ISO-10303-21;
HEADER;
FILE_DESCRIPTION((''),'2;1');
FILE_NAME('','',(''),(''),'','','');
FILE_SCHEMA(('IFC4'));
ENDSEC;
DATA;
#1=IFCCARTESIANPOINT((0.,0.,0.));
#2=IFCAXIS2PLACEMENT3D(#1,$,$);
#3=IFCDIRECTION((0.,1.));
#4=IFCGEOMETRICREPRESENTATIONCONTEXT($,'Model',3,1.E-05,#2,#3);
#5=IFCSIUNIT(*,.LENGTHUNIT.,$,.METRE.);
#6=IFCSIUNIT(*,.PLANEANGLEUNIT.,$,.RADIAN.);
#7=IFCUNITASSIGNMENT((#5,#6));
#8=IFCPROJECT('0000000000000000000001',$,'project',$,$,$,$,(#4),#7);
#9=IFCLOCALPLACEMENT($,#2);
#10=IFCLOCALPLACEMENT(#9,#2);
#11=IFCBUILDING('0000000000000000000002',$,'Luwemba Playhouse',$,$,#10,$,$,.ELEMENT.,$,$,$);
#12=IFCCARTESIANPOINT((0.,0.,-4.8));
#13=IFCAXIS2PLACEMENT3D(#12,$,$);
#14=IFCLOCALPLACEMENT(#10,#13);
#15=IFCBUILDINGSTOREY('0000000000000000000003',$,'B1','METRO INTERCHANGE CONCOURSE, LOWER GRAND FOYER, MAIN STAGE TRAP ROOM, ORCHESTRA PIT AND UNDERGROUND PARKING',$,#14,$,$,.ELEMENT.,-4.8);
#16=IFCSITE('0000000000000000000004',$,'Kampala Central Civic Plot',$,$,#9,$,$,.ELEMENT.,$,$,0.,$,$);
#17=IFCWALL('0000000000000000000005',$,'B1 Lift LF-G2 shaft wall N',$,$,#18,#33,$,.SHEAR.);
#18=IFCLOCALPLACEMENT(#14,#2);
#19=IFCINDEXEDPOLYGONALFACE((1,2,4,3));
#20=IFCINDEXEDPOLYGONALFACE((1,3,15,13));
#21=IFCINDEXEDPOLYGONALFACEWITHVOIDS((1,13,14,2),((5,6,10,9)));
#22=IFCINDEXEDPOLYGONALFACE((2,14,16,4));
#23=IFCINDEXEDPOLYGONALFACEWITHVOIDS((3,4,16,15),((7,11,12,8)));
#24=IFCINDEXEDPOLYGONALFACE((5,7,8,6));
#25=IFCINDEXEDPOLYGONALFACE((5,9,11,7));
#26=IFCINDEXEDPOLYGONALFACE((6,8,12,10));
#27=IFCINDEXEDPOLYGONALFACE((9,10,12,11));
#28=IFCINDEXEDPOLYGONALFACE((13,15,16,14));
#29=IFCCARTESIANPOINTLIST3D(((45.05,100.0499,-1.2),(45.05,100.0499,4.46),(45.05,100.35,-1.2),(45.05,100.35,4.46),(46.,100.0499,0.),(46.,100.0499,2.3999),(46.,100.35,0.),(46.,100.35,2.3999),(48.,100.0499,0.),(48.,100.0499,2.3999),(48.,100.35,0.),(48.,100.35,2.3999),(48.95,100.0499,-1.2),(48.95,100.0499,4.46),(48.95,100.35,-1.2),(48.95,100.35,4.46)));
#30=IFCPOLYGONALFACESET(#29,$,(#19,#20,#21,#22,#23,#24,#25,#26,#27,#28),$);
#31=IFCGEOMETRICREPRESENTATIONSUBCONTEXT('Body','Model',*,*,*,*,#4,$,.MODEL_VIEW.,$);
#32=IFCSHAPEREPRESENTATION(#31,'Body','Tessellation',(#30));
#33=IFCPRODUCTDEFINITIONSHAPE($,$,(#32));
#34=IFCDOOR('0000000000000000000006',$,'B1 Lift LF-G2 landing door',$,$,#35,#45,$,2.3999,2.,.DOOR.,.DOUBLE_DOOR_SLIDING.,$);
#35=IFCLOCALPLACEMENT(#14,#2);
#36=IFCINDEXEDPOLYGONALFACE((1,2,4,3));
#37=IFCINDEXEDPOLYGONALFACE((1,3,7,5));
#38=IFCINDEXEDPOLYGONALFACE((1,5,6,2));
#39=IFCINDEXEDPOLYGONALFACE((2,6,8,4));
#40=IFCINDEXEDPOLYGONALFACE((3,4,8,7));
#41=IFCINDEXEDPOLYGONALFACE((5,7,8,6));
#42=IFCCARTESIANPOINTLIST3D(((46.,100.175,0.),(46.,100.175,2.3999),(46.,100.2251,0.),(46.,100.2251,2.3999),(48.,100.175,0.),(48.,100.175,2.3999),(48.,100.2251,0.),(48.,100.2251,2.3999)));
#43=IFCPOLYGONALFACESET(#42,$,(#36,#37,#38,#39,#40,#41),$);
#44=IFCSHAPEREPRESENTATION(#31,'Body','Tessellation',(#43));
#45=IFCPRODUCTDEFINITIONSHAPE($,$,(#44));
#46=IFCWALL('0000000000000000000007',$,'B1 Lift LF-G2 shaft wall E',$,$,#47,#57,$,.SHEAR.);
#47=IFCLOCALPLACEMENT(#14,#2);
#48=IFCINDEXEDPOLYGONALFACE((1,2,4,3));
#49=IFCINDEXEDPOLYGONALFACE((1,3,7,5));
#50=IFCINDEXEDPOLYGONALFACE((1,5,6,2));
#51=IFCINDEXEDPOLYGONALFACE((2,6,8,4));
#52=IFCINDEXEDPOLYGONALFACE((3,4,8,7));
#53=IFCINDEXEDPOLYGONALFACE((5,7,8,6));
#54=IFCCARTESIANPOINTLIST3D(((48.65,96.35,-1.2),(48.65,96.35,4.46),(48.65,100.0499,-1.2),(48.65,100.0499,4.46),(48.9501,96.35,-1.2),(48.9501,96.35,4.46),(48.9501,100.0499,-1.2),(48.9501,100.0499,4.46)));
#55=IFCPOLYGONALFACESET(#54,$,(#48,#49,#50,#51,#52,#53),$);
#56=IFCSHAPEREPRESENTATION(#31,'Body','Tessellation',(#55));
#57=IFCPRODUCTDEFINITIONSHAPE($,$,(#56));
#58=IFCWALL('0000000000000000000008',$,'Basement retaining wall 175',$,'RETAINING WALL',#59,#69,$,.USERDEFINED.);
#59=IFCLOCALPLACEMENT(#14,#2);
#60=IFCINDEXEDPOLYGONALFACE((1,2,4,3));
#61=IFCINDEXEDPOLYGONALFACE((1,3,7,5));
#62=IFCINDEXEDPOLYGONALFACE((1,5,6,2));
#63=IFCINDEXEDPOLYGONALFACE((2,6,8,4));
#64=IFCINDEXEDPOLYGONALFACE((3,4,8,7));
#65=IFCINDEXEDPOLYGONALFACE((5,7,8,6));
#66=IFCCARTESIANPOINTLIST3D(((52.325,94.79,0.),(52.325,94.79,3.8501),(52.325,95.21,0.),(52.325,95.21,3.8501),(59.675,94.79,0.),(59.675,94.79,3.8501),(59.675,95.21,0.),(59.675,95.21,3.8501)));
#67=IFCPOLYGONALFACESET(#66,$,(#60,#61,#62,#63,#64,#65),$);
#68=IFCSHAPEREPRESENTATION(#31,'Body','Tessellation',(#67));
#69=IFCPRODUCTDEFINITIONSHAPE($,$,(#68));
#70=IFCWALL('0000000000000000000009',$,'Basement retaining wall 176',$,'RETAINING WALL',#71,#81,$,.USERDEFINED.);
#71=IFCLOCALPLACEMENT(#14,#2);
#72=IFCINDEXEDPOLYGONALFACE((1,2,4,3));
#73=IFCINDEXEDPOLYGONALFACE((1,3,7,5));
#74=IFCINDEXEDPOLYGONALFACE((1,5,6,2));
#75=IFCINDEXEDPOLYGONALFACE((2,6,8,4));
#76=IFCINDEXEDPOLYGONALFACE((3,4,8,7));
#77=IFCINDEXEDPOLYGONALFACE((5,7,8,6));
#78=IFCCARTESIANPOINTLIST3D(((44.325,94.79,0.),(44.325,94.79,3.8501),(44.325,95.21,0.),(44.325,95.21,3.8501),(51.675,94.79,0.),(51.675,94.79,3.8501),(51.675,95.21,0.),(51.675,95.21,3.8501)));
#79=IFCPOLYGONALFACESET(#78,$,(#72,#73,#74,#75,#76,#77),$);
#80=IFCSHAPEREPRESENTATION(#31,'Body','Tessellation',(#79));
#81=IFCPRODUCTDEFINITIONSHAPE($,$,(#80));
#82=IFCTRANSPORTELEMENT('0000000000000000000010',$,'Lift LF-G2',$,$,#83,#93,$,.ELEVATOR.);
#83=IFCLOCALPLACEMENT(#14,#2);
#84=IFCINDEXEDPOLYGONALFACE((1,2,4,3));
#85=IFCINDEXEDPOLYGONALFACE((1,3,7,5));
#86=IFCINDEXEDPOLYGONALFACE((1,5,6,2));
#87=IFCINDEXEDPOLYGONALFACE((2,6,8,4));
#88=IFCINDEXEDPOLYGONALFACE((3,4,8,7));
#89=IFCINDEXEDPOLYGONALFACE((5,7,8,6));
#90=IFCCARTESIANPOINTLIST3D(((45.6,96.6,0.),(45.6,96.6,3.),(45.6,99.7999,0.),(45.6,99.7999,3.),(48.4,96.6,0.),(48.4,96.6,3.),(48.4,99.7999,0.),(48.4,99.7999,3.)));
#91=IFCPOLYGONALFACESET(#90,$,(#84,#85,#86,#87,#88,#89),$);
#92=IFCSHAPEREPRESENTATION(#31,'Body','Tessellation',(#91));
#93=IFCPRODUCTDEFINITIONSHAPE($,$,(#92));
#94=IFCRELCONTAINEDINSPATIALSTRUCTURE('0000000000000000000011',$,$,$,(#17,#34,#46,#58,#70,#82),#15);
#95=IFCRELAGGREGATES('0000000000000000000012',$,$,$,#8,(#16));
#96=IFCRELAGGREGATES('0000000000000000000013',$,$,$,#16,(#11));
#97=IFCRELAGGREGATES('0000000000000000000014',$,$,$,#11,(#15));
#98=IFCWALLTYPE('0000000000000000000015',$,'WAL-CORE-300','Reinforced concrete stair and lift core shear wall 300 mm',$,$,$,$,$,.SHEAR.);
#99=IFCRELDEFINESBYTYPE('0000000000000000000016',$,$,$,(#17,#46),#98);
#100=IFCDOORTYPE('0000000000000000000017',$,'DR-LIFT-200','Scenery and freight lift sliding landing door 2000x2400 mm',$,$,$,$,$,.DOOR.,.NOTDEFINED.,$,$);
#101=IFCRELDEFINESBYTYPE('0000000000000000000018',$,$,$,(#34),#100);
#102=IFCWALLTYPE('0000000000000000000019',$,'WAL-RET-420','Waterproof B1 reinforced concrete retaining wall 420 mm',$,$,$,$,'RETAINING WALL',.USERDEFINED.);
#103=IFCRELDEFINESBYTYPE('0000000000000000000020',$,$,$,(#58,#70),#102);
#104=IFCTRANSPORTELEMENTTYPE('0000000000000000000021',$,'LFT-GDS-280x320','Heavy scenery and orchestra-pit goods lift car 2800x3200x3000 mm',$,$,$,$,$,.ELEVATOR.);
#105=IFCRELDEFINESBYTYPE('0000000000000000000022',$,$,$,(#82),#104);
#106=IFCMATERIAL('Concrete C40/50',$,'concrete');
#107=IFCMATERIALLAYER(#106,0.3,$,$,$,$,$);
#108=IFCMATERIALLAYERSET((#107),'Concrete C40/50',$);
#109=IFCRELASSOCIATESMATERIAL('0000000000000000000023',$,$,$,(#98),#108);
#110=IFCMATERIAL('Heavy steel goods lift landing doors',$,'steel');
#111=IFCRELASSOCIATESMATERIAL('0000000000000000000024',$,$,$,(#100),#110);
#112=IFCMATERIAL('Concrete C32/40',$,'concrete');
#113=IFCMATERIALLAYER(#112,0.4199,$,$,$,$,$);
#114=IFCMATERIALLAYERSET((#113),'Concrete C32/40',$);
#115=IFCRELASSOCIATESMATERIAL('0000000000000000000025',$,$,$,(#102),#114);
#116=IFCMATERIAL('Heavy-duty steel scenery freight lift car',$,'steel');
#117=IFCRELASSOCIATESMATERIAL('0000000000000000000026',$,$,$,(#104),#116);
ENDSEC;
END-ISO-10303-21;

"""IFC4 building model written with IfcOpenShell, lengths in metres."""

from ifc_helpers import new_model, si_unit, direction, frame, frame_2d, origin, origin_2d, place, context, subcontext, project, spatial, rectangle, extrude, material, layer, layer_set, type_object, element, fill, save


model = new_model("IFC4")

# Units and contexts
model_context = context("Model", 3, precision=1e-05, world=origin(), true_north=direction((0.0, 1.0)))
body_context = subcontext(model_context, "Body", "Model", "MODEL_VIEW")
ifc_project = project(units=[si_unit("LENGTHUNIT", "METRE"), si_unit("PLANEANGLEUNIT", "RADIAN")], contexts=[model_context])

# Site, building, storey
site_placement = place(None, origin())
site = spatial("IfcSite", under=ifc_project, at=site_placement, Name="Kampala Central Civic Plot", CompositionType="ELEMENT", RefElevation=0.0)
building_placement = place(site_placement, origin())
building = spatial("IfcBuilding", under=site, at=building_placement, Name="Luwemba Playhouse", CompositionType="ELEMENT")
storey_placement = place(building_placement, frame((0.0, 0.0, -4.8)))
storey = spatial("IfcBuildingStorey", under=building, at=storey_placement, Name="B1", Description="METRO INTERCHANGE CONCOURSE, LOWER GRAND FOYER, MAIN STAGE TRAP ROOM, ORCHESTRA PIT AND UNDERGROUND PARKING", CompositionType="ELEMENT", Elevation=-4.8)

# Shared definitions
ifc_material_1 = material(Name="Concrete C32/40", Category="concrete")

# Shared definitions
ifc_material_2 = material(Name="Concrete C40/50", Category="concrete")

# Wall, opening, door
ifc_layer_1 = layer(ifc_material_2, 0.3)
ifc_layer_set_1 = layer_set([ifc_layer_1], Name="Concrete C40/50")
wall_type_1 = type_object("IfcWallType", Name="WAL-CORE-300", Description="Reinforced concrete stair and lift core shear wall 300 mm", PredefinedType="SHEAR", material=ifc_layer_set_1)
wall_1_placement = place(storey_placement, frame((48.95, 100.2, -1.2), z_axis=(0.0, 0.0, 1.0), x_axis=(-1.0, 0.0, 0.0)))
wall_1 = element("IfcWall", 1, at=wall_1_placement, inside=storey, type_object=wall_type_1, Name="B1 Lift LF-G2 shaft wall N", PredefinedType="SHEAR", context=body_context, shape_type="SweptSolid", body=[
    extrude(rectangle(XDim=3.8999, YDim=0.3, at=frame_2d((1.95, 0.0))), origin(), (0.0, 0.0, 1.0), 5.6599),
])
opening_placement = place(wall_1_placement, frame((0.95, 0.0, 1.2)))
opening = element("IfcOpeningElement", 2, at=opening_placement, cuts=wall_1, PredefinedType="OPENING", context=body_context, shape_type="SweptSolid", body=[
    extrude(rectangle(XDim=2.0, YDim=2.3999, at=frame_2d((1.0, 1.2))), frame((0.0, 0.1599, 0.0), z_axis=(0.0, -1.0, 0.0), x_axis=(1.0, 0.0, 0.0)), (0.0, 0.0, 1.0), 0.3201),
])
ifc_material_3 = material(Name="Heavy steel goods lift landing doors", Category="steel")
door_type = type_object("IfcDoorType", Name="DR-LIFT-200", Description="Scenery and freight lift sliding landing door 2000x2400 mm", OperationType="NOTDEFINED", PredefinedType="DOOR", material=ifc_material_3)
door_placement = place(opening_placement, origin())
door = element("IfcDoor", 3, at=door_placement, inside=storey, type_object=door_type, Name="B1 Lift LF-G2 landing door", OperationType="DOUBLE_DOOR_SLIDING", OverallHeight=2.3999, OverallWidth=2.0, PredefinedType="DOOR", context=body_context, shape_type="SweptSolid", body=[
    extrude(rectangle(XDim=2.0, YDim=2.3999, at=frame_2d((1.0, 1.2))), frame((0.0, 0.0249, 0.0), z_axis=(0.0, -1.0, 0.0), x_axis=(1.0, 0.0, 0.0)), (0.0, 0.0, 1.0), 0.05),
])
fill(opening, door)

# Walls
wall_2_placement = place(storey_placement, frame((48.8, 100.05, -1.2), z_axis=(0.0, 0.0, 1.0), x_axis=(0.0, -1.0, 0.0)))
element("IfcWall", 4, at=wall_2_placement, inside=storey, type_object=wall_type_1, Name="B1 Lift LF-G2 shaft wall E", PredefinedType="SHEAR", context=body_context, shape_type="SweptSolid", body=[
    extrude(rectangle(XDim=3.7, YDim=0.3, at=frame_2d((1.8501, 0.0))), origin(), (0.0, 0.0, 1.0), 5.6599),
])
ifc_layer_2 = layer(ifc_material_1, 0.4199)
ifc_layer_set_2 = layer_set([ifc_layer_2], Name="Concrete C32/40")
wall_type_2 = type_object("IfcWallType", Name="WAL-RET-420", Description="Waterproof B1 reinforced concrete retaining wall 420 mm", ElementType="RETAINING WALL", PredefinedType="USERDEFINED", material=ifc_layer_set_2)
for number, where, z_axis, x_axis, name in (
    (5, (59.675, 95.0, 0.0), (0.0, 0.0, 1.0), (-1.0, 0.0, 0.0), "Basement retaining wall 175"),
    (6, (51.675, 95.0, 0.0), (0.0, 0.0, 1.0), (-1.0, 0.0, 0.0), "Basement retaining wall 176"),
):
    element("IfcWall", number, at=place(storey_placement, frame(where, z_axis=z_axis, x_axis=x_axis)), inside=storey, type_object=wall_type_2, Name=name, ObjectType="RETAINING WALL", PredefinedType="USERDEFINED", context=body_context, shape_type="SweptSolid", body=[
        extrude(rectangle(XDim=7.3501, YDim=0.4199, at=frame_2d((3.675, 0.0))), origin(), (0.0, 0.0, 1.0), 3.8501),
    ])

# Transport element
ifc_material_4 = material(Name="Heavy-duty steel scenery freight lift car", Category="steel")
transport_element_type = type_object("IfcTransportElementType", Name="LFT-GDS-280x320", Description="Heavy scenery and orchestra-pit goods lift car 2800x3200x3000 mm", PredefinedType="ELEVATOR", material=ifc_material_4)
transport_element_placement = place(storey_placement, frame((47.0, 98.2, 0.0), z_axis=(0.0, 0.0, 1.0), x_axis=(1.0, 0.0, 0.0)))
element("IfcTransportElement", 7, at=transport_element_placement, inside=storey, type_object=transport_element_type, Name="Lift LF-G2", PredefinedType="ELEVATOR", context=body_context, shape_type="SweptSolid", body=[
    extrude(rectangle(XDim=2.8, YDim=3.2, at=origin_2d()), origin(), (0.0, 0.0, 1.0), 3.0),
])

save(model, "model.ifc")
